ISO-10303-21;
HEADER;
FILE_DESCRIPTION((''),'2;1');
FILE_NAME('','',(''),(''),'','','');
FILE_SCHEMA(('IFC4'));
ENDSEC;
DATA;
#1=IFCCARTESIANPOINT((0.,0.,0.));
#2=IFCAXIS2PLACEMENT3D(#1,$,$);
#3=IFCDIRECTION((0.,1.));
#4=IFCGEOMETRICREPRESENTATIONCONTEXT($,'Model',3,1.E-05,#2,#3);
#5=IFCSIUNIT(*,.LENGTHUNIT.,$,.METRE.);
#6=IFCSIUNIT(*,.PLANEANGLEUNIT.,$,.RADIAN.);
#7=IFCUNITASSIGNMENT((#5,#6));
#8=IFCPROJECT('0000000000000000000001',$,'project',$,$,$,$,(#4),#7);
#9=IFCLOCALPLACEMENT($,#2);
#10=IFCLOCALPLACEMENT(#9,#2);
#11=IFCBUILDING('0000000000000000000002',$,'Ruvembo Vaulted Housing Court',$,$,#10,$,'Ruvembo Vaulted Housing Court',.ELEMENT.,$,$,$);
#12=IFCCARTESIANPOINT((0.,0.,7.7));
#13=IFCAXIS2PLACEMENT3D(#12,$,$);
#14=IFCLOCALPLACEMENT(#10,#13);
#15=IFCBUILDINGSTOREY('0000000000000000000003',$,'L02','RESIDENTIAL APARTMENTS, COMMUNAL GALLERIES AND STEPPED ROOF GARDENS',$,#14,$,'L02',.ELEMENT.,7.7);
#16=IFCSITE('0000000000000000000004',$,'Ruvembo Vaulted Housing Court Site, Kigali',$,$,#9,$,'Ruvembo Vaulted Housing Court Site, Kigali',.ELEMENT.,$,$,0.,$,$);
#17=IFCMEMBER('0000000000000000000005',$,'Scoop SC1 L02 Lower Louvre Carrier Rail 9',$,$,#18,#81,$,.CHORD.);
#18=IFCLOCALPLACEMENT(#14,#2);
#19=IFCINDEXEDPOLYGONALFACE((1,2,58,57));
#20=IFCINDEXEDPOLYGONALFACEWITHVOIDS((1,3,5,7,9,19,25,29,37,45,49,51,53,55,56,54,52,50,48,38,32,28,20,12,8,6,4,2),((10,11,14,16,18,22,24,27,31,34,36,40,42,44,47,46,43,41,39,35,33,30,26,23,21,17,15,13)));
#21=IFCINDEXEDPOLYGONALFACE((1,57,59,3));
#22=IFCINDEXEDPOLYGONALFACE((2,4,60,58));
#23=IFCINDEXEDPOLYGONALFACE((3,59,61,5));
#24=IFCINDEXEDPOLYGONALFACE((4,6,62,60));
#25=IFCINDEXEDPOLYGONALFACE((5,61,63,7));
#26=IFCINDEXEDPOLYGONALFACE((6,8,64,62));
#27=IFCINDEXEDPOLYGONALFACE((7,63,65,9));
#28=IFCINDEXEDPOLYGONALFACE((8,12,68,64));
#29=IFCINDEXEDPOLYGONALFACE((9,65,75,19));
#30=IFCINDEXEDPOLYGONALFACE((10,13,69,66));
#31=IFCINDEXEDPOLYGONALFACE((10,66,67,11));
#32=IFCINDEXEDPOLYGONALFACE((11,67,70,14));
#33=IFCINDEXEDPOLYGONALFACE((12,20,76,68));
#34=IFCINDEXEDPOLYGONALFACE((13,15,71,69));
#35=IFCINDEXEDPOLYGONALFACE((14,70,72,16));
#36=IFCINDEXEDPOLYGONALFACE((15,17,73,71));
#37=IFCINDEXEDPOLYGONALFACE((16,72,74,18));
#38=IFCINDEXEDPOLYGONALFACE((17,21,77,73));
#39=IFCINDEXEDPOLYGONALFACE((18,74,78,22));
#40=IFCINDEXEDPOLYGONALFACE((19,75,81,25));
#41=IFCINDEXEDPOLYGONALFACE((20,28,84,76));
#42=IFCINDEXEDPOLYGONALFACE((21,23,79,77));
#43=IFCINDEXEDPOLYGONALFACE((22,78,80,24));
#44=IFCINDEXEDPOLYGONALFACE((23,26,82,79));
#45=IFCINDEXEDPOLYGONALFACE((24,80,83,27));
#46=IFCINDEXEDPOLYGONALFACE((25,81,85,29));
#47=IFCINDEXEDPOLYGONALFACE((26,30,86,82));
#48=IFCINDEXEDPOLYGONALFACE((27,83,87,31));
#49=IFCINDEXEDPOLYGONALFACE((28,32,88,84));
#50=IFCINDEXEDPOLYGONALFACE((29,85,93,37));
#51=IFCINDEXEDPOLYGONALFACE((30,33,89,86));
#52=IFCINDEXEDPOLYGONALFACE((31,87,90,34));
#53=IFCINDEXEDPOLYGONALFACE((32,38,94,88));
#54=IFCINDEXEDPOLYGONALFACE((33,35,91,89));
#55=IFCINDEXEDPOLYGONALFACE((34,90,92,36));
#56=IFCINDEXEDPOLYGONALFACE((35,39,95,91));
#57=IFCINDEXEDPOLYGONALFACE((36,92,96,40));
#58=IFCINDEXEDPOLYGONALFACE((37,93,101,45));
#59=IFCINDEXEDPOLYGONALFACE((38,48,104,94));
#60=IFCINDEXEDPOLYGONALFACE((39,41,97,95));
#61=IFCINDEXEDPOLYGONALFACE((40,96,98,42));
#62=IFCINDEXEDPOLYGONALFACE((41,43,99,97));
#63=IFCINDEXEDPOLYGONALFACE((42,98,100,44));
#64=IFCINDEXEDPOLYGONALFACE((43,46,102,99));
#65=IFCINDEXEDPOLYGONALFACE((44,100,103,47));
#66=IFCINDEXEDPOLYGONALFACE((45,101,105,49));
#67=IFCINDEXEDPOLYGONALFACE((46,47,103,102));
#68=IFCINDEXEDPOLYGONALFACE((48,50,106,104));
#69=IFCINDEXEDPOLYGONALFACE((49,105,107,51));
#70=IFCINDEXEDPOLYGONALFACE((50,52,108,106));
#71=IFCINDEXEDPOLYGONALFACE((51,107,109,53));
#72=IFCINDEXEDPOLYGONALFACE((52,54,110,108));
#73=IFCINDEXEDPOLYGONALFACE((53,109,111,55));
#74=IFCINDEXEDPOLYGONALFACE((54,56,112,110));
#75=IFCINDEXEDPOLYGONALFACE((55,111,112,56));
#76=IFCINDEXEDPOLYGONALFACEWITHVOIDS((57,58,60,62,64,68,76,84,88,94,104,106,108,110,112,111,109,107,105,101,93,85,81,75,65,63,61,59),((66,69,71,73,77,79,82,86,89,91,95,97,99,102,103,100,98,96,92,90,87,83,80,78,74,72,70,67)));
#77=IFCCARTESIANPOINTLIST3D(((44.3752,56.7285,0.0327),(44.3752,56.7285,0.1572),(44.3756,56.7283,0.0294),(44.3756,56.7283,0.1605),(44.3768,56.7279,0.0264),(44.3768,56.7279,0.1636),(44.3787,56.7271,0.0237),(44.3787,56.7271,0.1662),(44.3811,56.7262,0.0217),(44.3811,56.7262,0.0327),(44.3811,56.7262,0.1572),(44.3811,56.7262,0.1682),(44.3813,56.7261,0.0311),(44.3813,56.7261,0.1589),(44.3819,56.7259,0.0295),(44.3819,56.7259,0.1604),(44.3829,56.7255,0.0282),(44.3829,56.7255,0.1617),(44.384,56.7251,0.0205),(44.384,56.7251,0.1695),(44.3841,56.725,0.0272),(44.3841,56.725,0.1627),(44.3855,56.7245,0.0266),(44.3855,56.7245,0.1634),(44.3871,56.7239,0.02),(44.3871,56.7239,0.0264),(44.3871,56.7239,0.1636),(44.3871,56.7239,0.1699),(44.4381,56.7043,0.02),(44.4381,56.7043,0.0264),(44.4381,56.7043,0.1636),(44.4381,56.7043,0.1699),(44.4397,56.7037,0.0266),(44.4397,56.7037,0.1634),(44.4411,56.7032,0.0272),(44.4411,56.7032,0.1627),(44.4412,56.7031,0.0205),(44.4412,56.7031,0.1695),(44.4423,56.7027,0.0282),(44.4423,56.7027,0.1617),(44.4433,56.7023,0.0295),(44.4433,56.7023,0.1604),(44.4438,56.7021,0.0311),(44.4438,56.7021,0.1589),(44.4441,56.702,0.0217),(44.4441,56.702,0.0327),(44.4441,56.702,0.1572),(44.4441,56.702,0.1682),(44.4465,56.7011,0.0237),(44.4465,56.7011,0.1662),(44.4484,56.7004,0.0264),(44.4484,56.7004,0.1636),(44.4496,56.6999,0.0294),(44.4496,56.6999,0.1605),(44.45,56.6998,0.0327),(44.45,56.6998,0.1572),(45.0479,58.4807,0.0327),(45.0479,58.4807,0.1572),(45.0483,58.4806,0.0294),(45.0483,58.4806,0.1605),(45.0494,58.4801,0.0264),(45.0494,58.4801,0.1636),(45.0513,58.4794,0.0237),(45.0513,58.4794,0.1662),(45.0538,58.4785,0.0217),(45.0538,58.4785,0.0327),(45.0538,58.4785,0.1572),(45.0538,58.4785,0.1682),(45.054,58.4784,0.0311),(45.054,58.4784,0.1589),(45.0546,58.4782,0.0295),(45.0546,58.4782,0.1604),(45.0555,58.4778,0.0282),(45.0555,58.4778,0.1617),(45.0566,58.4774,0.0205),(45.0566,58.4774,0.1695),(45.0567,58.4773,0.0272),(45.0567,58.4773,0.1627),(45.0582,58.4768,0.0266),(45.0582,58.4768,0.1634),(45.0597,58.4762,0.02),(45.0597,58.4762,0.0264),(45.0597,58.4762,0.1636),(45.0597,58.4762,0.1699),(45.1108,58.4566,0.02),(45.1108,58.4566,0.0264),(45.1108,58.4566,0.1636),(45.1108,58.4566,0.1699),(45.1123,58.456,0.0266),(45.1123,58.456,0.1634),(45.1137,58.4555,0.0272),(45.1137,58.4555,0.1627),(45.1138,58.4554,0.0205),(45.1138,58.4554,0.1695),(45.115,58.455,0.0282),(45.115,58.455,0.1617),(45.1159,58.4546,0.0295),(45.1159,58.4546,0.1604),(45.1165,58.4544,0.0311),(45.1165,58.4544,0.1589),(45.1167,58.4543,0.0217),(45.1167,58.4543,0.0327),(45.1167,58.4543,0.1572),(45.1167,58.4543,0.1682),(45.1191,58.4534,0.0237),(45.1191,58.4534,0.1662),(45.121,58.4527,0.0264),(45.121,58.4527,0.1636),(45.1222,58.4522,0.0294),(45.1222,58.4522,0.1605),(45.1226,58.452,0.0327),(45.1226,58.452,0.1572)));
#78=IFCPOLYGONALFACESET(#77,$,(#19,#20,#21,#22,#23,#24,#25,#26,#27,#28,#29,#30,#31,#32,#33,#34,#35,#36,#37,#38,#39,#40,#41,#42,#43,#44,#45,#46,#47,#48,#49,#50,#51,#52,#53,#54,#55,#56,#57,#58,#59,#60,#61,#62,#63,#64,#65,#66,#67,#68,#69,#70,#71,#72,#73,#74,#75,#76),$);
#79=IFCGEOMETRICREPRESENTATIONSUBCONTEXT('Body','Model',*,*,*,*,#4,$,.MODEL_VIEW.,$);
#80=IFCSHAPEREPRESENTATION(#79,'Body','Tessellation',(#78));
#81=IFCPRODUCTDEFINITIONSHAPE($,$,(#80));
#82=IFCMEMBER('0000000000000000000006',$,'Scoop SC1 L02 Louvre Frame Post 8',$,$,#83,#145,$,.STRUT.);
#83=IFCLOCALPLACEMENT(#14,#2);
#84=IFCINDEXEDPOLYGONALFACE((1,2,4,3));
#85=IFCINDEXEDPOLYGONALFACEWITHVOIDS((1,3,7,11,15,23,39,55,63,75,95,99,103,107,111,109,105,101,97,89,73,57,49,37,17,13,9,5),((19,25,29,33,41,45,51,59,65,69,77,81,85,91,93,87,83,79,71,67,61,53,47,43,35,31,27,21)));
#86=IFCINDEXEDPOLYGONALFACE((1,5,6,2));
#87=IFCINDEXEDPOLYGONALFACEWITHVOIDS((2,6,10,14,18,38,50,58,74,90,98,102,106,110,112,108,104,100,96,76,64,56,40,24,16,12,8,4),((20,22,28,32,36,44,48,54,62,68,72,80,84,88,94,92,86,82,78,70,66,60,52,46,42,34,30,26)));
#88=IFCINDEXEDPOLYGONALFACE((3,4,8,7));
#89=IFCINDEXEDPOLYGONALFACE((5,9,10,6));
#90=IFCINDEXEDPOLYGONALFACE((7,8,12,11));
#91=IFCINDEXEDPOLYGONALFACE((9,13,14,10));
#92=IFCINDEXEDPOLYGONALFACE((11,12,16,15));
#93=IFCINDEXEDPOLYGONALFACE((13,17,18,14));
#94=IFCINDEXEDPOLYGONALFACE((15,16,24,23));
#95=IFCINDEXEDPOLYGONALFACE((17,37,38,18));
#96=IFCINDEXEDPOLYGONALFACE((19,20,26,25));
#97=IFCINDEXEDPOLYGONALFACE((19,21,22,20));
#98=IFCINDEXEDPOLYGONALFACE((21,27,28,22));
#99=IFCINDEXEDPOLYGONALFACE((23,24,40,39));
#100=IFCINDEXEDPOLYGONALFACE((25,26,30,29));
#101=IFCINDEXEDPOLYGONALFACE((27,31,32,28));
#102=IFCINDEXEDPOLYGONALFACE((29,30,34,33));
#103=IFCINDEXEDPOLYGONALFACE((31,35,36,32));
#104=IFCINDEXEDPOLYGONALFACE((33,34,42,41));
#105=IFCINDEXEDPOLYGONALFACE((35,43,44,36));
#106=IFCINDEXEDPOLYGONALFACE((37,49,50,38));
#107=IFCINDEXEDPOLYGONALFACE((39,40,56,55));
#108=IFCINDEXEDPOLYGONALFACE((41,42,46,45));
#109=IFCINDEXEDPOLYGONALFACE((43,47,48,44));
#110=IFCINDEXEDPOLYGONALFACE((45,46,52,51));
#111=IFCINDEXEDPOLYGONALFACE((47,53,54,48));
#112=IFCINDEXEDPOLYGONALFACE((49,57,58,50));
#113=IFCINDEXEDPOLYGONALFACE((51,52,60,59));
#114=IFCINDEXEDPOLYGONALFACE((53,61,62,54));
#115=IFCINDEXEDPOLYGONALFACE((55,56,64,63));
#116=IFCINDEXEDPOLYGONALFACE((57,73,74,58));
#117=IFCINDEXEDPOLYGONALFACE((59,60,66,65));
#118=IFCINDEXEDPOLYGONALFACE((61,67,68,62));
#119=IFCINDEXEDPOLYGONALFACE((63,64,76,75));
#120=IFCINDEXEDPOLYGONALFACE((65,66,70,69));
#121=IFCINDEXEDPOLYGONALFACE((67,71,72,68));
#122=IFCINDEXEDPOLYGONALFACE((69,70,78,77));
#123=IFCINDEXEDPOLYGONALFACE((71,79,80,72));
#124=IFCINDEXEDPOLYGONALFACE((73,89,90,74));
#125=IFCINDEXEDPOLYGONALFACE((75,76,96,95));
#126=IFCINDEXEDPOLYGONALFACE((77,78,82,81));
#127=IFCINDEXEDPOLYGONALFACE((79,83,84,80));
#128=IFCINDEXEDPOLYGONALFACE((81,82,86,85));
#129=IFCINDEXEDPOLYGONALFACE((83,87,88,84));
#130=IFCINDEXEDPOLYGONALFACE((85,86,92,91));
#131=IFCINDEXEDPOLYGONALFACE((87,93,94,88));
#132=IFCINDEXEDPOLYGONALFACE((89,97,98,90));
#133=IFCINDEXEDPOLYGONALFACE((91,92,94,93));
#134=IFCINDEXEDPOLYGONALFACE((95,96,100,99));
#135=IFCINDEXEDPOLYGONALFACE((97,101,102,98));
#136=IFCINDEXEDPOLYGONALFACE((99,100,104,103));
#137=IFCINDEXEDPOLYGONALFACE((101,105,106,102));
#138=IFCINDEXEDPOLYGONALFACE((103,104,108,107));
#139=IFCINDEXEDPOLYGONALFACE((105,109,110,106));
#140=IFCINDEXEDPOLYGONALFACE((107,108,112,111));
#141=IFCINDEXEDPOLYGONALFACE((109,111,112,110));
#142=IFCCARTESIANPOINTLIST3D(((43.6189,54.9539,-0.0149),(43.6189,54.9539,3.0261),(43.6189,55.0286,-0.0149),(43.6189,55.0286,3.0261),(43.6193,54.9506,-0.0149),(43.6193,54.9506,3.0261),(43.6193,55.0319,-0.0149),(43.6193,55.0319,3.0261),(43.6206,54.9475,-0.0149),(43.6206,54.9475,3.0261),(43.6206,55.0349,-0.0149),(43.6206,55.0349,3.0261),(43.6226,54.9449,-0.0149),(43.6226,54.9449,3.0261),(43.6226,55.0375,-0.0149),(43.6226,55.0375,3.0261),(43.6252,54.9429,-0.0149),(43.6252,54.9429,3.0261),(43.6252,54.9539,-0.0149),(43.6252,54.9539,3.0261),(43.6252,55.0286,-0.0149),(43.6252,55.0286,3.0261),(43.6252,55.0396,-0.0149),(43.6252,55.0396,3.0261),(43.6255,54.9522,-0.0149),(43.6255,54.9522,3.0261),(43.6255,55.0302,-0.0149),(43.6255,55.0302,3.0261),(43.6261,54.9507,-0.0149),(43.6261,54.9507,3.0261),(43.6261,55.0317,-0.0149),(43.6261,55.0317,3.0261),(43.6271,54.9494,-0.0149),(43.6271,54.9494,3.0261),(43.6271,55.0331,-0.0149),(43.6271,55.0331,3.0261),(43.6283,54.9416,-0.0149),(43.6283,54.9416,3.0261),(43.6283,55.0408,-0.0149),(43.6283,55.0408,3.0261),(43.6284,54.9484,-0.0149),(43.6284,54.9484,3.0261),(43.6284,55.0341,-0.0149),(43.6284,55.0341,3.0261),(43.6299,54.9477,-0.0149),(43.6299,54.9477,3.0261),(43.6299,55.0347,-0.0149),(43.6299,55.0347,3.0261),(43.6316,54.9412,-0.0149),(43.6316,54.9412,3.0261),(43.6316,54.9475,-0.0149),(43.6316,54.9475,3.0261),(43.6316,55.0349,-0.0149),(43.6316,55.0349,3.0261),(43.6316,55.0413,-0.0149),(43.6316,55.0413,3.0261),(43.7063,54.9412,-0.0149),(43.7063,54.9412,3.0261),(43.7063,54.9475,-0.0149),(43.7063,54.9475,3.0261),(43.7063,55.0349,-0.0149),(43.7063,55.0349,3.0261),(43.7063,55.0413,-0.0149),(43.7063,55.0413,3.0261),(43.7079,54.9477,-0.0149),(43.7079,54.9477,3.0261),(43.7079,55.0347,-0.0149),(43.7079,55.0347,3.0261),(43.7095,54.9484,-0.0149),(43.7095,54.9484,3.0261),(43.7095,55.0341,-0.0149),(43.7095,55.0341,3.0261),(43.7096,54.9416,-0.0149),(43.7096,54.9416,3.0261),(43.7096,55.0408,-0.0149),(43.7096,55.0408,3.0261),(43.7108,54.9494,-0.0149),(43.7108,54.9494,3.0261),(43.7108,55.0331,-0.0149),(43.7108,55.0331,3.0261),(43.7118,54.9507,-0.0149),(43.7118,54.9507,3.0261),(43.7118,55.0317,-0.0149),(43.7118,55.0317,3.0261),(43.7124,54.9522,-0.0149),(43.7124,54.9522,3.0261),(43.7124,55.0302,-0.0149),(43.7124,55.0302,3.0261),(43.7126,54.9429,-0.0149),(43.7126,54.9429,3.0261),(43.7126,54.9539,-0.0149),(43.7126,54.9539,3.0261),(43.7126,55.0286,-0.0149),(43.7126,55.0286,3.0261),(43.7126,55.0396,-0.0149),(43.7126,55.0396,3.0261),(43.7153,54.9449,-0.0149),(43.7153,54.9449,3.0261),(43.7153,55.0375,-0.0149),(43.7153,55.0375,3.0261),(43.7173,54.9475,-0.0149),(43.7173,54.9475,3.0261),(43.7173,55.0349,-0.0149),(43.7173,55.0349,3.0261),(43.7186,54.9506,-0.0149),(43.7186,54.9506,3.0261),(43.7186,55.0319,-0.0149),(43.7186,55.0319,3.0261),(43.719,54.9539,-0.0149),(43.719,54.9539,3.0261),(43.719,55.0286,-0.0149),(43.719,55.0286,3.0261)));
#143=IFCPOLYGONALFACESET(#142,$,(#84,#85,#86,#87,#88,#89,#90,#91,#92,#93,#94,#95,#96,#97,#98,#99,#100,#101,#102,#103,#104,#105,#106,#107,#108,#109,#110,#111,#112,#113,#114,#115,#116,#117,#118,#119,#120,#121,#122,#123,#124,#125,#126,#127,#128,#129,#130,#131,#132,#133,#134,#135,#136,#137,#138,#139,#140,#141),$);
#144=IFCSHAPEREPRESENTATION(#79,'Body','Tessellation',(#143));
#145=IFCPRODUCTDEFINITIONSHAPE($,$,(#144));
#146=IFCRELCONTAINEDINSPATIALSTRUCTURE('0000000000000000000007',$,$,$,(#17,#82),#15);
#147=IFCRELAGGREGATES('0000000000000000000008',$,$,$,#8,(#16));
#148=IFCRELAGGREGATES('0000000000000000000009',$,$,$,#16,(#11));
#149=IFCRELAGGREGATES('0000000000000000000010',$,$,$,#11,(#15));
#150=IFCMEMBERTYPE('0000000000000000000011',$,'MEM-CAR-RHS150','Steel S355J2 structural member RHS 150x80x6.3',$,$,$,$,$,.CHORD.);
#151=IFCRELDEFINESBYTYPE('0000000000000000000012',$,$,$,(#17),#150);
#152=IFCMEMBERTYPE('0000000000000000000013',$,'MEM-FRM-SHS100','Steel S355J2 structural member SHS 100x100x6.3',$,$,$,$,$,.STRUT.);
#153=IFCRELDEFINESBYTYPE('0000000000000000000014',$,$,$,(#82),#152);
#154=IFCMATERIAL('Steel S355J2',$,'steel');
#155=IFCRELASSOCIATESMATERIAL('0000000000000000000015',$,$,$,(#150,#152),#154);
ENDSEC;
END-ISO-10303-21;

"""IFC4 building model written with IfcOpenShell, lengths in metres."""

from ifc_helpers import new_model, si_unit, direction, frame, origin, origin_2d, place, context, subcontext, project, spatial, hollow_rectangle, extrude, material, material_profile, profile_set, type_object, element, save


model = new_model("IFC4")

# Units and contexts
model_context = context("Model", 3, precision=1e-05, world=origin(), true_north=direction((0.0, 1.0)))
body_context = subcontext(model_context, "Body", "Model", "MODEL_VIEW")
ifc_project = project(units=[si_unit("LENGTHUNIT", "METRE"), si_unit("PLANEANGLEUNIT", "RADIAN")], contexts=[model_context])

# Site, building, storey
site_placement = place(None, origin())
site = spatial("IfcSite", under=ifc_project, at=site_placement, Name="Ruvembo Vaulted Housing Court Site, Kigali", LongName="Ruvembo Vaulted Housing Court Site, Kigali", CompositionType="ELEMENT", RefElevation=0.0)
building_placement = place(site_placement, origin())
building = spatial("IfcBuilding", under=site, at=building_placement, Name="Ruvembo Vaulted Housing Court", LongName="Ruvembo Vaulted Housing Court", CompositionType="ELEMENT")
storey_placement = place(building_placement, frame((0.0, 0.0, 7.7)))
storey = spatial("IfcBuildingStorey", under=building, at=storey_placement, Name="L02", Description="RESIDENTIAL APARTMENTS, COMMUNAL GALLERIES AND STEPPED ROOF GARDENS", LongName="L02", CompositionType="ELEMENT", Elevation=7.7)

# Shared definitions
ifc_material_1 = material(Name="Steel S355J2", Category="steel")

# Members
ifc_material_profile_1 = material_profile(ifc_material_1, hollow_rectangle(XDim=0.0801, YDim=0.1499, WallThickness=0.0063, InnerFilletRadius=0.0063, OuterFilletRadius=0.0127, at=origin_2d()), Name="RHS 150x80x6.3")
ifc_profile_set_1 = profile_set([ifc_material_profile_1], Name="Steel S355J2")
member_type_1 = type_object("IfcMemberType", Name="MEM-CAR-RHS150", Description="Steel S355J2 structural member RHS 150x80x6.3", PredefinedType="CHORD", material=ifc_profile_set_1)
member_1_placement = place(storey_placement, frame((44.4126, 56.7141, 0.095), z_axis=(0.358369, 0.93358, 0.0), x_axis=(-0.93358, 0.358369, 0.0)))
element("IfcMember", 1, at=member_1_placement, inside=storey, type_object=member_type_1, Name="Scoop SC1 L02 Lower Louvre Carrier Rail 9", PredefinedType="CHORD", context=body_context, shape_type="SweptSolid", body=[
    extrude(hollow_rectangle(XDim=0.0801, YDim=0.1499, WallThickness=0.0063, InnerFilletRadius=0.0063, OuterFilletRadius=0.0127, at=origin_2d()), origin(), (0.0, 0.0, 1.0), 1.877),
])
ifc_material_profile_2 = material_profile(ifc_material_1, hollow_rectangle(XDim=0.1001, YDim=0.1001, WallThickness=0.0063, InnerFilletRadius=0.0063, OuterFilletRadius=0.0127, at=origin_2d()), Name="SHS 100x100x6.3")
ifc_profile_set_2 = profile_set([ifc_material_profile_2], Name="Steel S355J2")
member_type_2 = type_object("IfcMemberType", Name="MEM-FRM-SHS100", Description="Steel S355J2 structural member SHS 100x100x6.3", PredefinedType="STRUT", material=ifc_profile_set_2)
for number, where, z_axis, x_axis, name in (
    (2, (43.6689, 54.9912, -0.0149), (0.0, 0.0, 1.0), (1.0, 0.0, 0.0), "Scoop SC1 L02 Louvre Frame Post 8"),
):
    element("IfcMember", number, at=place(storey_placement, frame(where, z_axis=z_axis, x_axis=x_axis)), inside=storey, type_object=member_type_2, Name=name, PredefinedType="STRUT", context=body_context, shape_type="SweptSolid", body=[
        extrude(hollow_rectangle(XDim=0.1001, YDim=0.1001, WallThickness=0.0063, InnerFilletRadius=0.0063, OuterFilletRadius=0.0127, at=origin_2d()), origin(), (0.0, 0.0, 1.0), 3.041),
    ])

save(model, "model.ifc")
